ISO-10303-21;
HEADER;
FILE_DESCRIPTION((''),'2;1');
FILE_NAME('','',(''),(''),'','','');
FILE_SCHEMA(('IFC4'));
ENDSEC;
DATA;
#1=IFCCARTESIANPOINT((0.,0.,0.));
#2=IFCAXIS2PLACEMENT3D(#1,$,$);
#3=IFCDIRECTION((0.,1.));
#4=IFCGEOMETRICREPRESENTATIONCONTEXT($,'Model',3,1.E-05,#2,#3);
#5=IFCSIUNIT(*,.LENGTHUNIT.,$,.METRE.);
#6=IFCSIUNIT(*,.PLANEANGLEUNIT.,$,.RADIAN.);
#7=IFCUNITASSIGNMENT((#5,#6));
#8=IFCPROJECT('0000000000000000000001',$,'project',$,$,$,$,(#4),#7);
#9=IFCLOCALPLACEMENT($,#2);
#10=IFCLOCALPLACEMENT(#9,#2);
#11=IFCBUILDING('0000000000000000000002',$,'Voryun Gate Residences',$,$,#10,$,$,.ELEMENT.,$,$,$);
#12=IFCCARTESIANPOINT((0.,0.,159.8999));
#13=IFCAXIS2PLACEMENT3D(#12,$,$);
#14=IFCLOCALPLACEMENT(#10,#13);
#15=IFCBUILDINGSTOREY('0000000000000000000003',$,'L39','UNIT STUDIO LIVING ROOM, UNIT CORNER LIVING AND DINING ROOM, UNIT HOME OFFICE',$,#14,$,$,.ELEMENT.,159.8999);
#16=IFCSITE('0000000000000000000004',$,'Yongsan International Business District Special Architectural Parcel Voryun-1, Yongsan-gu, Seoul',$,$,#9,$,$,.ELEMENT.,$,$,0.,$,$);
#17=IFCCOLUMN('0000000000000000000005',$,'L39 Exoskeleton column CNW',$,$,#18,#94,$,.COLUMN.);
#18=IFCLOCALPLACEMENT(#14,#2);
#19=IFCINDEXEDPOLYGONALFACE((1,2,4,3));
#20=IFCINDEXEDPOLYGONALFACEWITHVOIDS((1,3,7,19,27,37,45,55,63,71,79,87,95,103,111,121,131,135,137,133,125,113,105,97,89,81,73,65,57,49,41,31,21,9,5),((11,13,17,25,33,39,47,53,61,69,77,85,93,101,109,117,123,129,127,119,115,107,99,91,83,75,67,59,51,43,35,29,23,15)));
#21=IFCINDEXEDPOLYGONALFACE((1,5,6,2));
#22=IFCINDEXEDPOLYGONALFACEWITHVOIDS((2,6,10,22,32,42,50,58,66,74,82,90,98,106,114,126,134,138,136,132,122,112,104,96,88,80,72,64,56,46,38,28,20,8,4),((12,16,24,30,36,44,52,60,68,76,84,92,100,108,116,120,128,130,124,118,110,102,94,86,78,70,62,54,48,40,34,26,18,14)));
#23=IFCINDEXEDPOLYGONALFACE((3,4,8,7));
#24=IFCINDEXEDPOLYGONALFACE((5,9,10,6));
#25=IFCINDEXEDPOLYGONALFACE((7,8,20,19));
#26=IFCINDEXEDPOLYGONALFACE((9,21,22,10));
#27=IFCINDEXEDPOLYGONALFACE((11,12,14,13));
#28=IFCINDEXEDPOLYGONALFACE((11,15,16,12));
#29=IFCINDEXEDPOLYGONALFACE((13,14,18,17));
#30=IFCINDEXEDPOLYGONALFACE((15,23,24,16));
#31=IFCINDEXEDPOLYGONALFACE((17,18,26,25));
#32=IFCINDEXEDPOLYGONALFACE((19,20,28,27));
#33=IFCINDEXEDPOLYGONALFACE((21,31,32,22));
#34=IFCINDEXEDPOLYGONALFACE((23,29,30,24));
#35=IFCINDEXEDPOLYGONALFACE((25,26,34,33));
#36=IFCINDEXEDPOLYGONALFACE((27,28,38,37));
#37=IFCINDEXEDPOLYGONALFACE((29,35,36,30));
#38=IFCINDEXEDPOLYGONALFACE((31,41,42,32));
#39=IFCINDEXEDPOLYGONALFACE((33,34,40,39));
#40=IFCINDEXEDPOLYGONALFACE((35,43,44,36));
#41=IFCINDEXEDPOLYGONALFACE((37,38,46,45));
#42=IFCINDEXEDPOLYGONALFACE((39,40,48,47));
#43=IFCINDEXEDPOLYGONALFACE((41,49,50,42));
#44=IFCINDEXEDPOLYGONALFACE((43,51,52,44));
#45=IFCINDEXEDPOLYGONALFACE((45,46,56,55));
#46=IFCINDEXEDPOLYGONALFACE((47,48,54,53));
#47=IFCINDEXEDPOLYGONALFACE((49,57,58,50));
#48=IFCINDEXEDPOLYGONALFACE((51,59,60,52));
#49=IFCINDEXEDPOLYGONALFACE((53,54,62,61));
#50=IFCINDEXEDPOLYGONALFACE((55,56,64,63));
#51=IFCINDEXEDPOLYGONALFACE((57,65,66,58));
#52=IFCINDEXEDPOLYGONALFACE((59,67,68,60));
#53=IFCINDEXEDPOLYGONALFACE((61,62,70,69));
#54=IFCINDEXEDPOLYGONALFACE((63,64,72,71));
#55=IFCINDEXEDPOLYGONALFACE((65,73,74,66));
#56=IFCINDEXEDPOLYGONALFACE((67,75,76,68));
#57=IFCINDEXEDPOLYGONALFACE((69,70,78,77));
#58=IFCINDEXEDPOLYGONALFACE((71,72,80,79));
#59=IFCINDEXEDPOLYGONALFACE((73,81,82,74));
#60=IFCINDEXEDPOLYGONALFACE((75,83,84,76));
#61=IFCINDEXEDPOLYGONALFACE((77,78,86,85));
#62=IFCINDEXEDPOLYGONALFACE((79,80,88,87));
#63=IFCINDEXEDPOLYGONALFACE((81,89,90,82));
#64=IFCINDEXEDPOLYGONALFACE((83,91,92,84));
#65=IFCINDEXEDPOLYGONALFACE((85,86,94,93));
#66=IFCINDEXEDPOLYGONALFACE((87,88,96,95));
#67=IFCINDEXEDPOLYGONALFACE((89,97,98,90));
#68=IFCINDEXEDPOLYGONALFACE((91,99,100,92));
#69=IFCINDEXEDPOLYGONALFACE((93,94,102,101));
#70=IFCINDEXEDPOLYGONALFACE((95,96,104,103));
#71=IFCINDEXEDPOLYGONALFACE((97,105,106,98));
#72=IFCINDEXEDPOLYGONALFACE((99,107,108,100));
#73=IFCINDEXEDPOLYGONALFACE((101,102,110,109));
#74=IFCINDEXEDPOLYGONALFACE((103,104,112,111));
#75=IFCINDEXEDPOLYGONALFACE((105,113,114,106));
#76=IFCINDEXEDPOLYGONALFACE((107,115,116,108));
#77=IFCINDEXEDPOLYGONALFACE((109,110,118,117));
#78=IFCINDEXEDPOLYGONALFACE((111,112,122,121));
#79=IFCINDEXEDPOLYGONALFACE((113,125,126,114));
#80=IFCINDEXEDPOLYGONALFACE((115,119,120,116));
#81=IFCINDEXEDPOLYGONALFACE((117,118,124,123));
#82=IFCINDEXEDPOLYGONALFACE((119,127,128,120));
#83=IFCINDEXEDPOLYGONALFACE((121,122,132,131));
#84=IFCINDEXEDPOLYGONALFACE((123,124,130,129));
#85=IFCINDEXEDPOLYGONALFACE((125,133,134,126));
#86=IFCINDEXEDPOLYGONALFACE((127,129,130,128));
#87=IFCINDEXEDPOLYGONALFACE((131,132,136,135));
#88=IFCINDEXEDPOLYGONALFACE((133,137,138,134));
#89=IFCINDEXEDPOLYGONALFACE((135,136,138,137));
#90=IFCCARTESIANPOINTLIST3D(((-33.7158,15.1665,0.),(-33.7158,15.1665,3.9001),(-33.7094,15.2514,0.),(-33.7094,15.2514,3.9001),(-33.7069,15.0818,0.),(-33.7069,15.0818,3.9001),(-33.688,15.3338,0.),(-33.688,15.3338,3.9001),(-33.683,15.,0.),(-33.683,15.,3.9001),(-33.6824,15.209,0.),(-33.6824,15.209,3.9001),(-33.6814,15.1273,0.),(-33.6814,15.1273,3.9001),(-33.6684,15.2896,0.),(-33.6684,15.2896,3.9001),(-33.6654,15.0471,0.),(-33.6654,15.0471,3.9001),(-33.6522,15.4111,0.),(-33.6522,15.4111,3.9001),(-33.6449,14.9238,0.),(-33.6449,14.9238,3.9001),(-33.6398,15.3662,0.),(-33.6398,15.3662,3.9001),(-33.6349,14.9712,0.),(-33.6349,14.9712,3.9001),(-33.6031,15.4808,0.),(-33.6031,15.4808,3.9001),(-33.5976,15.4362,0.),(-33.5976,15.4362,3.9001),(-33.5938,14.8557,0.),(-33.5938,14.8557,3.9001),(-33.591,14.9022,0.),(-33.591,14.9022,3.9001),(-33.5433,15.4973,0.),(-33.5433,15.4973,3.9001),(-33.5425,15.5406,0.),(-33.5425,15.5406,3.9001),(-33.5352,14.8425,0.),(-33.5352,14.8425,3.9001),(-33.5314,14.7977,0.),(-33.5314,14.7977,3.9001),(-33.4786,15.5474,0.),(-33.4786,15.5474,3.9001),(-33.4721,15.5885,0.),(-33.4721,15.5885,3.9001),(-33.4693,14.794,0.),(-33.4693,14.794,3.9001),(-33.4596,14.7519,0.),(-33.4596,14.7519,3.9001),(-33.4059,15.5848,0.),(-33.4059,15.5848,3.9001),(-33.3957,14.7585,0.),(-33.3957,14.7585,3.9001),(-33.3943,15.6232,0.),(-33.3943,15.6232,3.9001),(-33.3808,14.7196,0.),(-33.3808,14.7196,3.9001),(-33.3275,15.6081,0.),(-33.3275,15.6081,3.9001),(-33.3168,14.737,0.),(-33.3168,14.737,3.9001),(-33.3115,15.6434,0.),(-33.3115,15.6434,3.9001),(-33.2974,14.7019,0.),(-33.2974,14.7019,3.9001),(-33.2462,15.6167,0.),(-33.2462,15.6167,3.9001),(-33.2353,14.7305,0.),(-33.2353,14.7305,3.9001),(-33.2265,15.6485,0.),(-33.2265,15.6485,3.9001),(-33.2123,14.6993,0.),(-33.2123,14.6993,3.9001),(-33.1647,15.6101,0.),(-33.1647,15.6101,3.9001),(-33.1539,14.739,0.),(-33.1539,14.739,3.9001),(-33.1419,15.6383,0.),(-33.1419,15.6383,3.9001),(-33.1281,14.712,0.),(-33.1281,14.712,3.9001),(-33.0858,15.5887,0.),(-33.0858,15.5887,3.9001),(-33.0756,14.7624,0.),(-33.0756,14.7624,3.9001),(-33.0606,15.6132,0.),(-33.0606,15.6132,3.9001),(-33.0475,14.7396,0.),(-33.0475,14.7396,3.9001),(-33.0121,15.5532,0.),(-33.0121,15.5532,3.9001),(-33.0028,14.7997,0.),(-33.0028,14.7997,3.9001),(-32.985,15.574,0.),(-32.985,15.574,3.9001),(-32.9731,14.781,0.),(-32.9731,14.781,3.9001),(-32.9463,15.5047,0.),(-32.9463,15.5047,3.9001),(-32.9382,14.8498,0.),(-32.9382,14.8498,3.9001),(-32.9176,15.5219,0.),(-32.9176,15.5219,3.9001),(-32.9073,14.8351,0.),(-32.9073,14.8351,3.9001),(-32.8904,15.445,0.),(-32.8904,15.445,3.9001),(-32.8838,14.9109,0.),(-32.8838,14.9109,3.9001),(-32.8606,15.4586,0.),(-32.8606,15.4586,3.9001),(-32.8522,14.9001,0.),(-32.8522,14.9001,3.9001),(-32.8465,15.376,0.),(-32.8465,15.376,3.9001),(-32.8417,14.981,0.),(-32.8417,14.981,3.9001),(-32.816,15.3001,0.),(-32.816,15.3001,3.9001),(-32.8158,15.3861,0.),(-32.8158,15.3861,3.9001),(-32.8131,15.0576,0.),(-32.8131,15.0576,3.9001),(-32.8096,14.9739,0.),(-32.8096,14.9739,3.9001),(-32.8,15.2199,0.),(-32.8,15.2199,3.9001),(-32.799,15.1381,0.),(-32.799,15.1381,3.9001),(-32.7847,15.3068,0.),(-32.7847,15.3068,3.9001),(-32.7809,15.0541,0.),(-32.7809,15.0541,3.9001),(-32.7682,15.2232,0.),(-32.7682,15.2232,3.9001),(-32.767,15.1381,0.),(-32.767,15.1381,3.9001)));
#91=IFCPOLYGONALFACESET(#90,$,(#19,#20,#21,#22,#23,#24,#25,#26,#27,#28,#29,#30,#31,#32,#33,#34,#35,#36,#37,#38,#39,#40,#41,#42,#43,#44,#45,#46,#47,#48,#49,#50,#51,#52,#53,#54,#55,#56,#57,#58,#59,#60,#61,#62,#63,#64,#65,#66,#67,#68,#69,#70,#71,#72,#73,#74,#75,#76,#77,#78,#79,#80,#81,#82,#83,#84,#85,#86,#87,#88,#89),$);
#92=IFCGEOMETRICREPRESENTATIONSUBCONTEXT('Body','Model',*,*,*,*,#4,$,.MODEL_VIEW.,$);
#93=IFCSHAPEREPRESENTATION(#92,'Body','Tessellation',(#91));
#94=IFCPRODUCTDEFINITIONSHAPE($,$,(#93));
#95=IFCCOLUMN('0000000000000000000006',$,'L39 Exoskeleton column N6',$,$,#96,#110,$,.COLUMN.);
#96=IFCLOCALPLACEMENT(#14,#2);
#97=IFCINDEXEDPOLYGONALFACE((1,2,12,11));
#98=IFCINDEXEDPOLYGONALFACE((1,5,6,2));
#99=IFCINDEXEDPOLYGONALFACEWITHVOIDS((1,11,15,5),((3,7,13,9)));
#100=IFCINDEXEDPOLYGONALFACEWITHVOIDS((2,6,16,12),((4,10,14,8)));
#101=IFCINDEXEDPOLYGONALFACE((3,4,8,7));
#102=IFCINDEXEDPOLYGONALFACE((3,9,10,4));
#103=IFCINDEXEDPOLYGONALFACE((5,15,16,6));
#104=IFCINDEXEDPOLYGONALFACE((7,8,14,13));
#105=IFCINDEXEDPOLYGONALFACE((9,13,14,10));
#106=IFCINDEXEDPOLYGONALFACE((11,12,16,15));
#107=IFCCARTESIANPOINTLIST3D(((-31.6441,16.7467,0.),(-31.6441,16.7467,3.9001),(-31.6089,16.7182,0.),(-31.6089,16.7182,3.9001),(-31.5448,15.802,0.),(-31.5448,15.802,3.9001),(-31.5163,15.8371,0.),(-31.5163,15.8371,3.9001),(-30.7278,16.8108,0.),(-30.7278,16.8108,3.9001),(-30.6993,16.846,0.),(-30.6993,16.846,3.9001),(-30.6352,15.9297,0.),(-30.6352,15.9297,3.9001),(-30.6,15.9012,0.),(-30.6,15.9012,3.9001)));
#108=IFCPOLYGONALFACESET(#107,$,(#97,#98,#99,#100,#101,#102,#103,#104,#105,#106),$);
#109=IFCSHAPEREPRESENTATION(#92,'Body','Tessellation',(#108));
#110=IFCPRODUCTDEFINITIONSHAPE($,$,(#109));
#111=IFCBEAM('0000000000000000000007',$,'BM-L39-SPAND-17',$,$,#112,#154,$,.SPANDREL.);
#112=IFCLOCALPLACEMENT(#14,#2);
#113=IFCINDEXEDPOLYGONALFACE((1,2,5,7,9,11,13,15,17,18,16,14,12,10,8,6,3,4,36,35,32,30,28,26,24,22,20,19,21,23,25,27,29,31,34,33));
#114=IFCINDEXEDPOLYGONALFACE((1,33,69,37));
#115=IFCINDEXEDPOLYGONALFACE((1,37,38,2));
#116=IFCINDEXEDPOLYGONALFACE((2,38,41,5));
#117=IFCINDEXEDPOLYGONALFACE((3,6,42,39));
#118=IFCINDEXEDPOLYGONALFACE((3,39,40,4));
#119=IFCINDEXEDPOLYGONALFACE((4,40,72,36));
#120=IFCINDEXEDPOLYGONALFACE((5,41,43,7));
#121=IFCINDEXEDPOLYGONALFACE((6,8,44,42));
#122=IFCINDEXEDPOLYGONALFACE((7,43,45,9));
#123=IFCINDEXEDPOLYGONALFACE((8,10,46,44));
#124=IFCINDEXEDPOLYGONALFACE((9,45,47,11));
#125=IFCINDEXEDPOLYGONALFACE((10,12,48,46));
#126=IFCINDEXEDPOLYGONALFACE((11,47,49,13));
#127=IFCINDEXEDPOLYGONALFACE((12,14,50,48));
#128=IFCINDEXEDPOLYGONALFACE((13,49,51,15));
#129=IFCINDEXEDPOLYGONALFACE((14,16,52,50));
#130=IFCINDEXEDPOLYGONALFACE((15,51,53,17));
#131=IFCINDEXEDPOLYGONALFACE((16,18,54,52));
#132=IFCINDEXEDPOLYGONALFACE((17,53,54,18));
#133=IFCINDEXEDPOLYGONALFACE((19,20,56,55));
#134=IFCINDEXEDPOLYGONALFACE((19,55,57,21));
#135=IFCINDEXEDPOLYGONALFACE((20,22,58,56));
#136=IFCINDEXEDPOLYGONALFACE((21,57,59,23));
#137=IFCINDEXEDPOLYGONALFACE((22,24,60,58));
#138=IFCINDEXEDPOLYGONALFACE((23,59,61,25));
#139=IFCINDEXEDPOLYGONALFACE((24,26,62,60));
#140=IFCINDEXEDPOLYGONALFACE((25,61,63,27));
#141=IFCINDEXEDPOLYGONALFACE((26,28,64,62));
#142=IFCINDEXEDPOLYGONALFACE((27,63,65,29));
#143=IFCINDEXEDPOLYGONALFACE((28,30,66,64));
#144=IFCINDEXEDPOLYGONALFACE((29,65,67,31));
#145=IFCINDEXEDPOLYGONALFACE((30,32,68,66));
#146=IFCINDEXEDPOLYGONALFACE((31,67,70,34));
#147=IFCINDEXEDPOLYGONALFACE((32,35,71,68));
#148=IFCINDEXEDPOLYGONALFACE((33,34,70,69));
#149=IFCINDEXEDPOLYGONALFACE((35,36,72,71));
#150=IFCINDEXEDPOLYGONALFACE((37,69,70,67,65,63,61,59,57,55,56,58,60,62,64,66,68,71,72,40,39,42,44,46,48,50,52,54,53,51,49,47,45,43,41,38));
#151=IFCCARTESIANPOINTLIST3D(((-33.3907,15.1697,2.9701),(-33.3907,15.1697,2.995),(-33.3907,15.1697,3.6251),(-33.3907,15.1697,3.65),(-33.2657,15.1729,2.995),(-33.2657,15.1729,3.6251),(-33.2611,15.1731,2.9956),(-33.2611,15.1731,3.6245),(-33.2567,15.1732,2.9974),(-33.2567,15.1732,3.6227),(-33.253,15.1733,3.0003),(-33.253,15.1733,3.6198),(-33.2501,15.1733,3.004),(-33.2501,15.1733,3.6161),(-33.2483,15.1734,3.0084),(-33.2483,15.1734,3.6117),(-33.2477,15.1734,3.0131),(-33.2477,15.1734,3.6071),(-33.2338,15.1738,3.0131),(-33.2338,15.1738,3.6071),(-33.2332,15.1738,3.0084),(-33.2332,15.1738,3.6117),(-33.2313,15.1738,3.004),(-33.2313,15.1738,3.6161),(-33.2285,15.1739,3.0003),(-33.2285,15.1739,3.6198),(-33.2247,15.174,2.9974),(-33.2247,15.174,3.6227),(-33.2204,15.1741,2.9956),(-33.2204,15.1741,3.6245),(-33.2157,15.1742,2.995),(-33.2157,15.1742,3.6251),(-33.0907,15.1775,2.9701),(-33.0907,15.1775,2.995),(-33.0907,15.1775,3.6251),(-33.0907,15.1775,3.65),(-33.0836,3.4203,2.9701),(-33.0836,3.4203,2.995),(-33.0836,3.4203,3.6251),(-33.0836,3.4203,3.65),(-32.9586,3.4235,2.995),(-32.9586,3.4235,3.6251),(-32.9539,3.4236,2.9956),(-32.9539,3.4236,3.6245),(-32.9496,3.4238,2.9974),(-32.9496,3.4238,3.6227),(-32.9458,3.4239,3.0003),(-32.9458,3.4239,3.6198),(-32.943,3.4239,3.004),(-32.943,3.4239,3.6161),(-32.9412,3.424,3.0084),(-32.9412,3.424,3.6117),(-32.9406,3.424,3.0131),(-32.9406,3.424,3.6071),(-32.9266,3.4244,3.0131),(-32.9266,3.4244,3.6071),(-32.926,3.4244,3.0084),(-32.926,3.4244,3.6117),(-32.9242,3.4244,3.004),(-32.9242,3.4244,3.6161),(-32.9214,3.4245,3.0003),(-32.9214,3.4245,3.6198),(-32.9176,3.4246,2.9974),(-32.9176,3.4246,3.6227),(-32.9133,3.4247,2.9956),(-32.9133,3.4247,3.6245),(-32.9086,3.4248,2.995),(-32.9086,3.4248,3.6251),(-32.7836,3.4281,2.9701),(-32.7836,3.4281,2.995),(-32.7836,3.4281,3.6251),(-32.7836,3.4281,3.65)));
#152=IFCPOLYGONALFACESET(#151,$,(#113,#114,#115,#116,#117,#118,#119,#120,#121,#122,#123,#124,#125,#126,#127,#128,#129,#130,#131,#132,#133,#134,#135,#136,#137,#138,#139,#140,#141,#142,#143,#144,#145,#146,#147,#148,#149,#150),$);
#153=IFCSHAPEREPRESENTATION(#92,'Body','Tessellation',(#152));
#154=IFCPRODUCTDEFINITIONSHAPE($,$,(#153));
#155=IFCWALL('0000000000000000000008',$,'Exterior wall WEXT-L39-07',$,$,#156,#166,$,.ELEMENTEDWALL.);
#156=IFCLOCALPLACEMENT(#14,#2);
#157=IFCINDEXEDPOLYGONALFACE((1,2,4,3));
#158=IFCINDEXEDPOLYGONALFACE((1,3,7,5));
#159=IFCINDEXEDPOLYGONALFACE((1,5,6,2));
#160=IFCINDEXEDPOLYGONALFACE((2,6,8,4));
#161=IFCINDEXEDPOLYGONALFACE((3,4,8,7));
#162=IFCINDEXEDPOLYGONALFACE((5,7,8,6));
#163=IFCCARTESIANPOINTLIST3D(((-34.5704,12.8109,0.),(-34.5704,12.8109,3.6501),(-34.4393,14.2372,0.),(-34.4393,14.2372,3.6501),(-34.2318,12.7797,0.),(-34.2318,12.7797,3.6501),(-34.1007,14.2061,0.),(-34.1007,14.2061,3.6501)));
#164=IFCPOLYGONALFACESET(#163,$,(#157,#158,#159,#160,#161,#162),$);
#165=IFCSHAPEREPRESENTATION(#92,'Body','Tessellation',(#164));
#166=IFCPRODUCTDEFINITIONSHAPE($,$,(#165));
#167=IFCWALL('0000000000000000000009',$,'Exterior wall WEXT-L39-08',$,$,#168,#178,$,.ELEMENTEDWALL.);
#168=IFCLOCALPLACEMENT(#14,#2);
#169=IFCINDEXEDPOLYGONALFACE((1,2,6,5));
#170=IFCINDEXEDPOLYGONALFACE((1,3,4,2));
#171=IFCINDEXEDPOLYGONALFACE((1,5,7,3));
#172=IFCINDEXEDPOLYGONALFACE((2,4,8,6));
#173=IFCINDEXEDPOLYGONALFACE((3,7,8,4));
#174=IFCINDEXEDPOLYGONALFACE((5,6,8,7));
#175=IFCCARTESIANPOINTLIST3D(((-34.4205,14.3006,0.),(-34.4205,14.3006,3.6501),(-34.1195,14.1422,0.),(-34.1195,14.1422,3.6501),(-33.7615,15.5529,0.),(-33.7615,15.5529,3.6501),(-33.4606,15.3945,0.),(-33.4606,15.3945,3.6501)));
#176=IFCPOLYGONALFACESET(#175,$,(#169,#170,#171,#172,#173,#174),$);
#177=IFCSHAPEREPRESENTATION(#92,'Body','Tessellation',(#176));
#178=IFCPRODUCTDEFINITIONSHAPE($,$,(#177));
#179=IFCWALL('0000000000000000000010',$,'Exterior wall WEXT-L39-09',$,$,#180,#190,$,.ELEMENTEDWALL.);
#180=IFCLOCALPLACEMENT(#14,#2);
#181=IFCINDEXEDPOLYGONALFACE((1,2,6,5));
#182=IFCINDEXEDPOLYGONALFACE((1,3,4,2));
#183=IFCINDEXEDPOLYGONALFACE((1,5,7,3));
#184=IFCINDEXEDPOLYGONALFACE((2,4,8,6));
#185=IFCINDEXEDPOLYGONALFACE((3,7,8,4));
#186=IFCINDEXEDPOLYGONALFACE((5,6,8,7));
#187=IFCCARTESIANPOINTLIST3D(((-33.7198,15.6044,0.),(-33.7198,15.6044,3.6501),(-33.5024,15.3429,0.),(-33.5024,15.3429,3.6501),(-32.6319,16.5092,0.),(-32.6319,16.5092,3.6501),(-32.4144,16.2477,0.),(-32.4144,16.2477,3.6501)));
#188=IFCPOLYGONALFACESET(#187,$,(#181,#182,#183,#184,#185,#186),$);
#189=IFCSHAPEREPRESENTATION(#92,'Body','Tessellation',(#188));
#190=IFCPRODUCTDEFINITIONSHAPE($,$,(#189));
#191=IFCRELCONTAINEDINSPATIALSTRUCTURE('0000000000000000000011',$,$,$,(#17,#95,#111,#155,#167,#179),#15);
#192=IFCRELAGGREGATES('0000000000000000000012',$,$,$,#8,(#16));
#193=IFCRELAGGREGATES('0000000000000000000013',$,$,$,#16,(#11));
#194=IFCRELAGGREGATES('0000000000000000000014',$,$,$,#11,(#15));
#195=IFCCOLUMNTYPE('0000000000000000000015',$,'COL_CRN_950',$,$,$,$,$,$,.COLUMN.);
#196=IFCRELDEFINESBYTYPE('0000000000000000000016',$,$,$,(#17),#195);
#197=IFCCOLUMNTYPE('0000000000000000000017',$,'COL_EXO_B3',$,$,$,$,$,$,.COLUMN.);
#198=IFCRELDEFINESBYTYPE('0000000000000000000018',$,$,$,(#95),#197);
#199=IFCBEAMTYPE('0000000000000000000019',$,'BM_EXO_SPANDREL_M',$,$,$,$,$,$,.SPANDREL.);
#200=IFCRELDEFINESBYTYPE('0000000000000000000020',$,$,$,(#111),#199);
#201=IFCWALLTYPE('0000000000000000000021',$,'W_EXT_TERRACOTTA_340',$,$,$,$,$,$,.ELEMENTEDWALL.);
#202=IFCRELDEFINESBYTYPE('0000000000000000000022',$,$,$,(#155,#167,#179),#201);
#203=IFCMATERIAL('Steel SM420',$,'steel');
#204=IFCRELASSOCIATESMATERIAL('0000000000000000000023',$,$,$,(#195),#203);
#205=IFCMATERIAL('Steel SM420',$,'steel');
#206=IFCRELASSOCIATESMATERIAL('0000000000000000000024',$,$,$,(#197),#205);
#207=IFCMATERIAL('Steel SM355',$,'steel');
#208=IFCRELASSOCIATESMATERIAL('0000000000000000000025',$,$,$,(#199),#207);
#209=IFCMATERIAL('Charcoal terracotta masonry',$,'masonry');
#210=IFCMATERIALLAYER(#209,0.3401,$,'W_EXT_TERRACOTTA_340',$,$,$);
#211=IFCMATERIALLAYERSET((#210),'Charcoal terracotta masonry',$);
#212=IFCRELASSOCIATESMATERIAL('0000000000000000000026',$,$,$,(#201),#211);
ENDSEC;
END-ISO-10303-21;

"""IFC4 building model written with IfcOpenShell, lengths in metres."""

from ifc_helpers import new_model, si_unit, direction, frame, frame_2d, origin, origin_2d, place, context, subcontext, project, spatial, rectangle, hollow_rectangle, hollow_circle, i_section, extrude, material, layer, layer_set, material_profile, profile_set, type_object, element, save


model = new_model("IFC4")

# Units and contexts
model_context = context("Model", 3, precision=1e-05, world=origin(), true_north=direction((0.0, 1.0)))
body_context = subcontext(model_context, "Body", "Model", "MODEL_VIEW")
ifc_project = project(units=[si_unit("LENGTHUNIT", "METRE"), si_unit("PLANEANGLEUNIT", "RADIAN")], contexts=[model_context])

# Site, building, storey
site_placement = place(None, origin())
site = spatial("IfcSite", under=ifc_project, at=site_placement, Name="Yongsan International Business District Special Architectural Parcel Voryun-1, Yongsan-gu, Seoul", CompositionType="ELEMENT", RefElevation=0.0)
building_placement = place(site_placement, origin())
building = spatial("IfcBuilding", under=site, at=building_placement, Name="Voryun Gate Residences", CompositionType="ELEMENT")
storey_placement = place(building_placement, frame((0.0, 0.0, 159.8999)))
storey = spatial("IfcBuildingStorey", under=building, at=storey_placement, Name="L39", Description="UNIT STUDIO LIVING ROOM, UNIT CORNER LIVING AND DINING ROOM, UNIT HOME OFFICE", CompositionType="ELEMENT", Elevation=159.8999)

# Columns
ifc_material_1 = material(Name="Steel SM420", Category="steel")
ifc_material_profile_1 = material_profile(ifc_material_1, hollow_circle(Radius=0.4751, WallThickness=0.032, at=origin_2d()), Name="CHS-950x32")
ifc_profile_set_1 = profile_set([ifc_material_profile_1], Name="Steel SM420")
column_type_1 = type_object("IfcColumnType", Name="COL_CRN_950", PredefinedType="COLUMN", material=ifc_profile_set_1)
column_1_placement = place(storey_placement, frame((-33.2407, 15.1736, 0.0), z_axis=(0.0, 0.0, 1.0), x_axis=(0.994522, 0.104528, 0.0)))
element("IfcColumn", 1, at=column_1_placement, inside=storey, type_object=column_type_1, Name="L39 Exoskeleton column CNW", PredefinedType="COLUMN", context=body_context, shape_type="SweptSolid", body=[
    extrude(hollow_circle(Radius=0.4751, WallThickness=0.032, at=origin_2d()), origin(), (0.0, 0.0, 1.0), 3.9001),
])
ifc_material_2 = material(Name="Steel SM420", Category="steel")
ifc_material_profile_2 = material_profile(ifc_material_2, hollow_rectangle(XDim=0.95, YDim=0.95, WallThickness=0.032, at=origin_2d()), Name="BOX-950x950x32")
ifc_profile_set_2 = profile_set([ifc_material_profile_2], Name="Steel SM420")
column_type_2 = type_object("IfcColumnType", Name="COL_EXO_B3", PredefinedType="COLUMN", material=ifc_profile_set_2)
column_2_placement = place(storey_placement, frame((-31.1221, 16.324, 0.0), z_axis=(0.0, 0.0, 1.0), x_axis=(0.994522, 0.104528, 0.0)))
element("IfcColumn", 2, at=column_2_placement, inside=storey, type_object=column_type_2, Name="L39 Exoskeleton column N6", PredefinedType="COLUMN", context=body_context, shape_type="SweptSolid", body=[
    extrude(hollow_rectangle(XDim=0.95, YDim=0.95, WallThickness=0.032, at=origin_2d()), origin(), (0.0, 0.0, 1.0), 3.9001),
])

# Beam
ifc_material_3 = material(Name="Steel SM355", Category="steel")
ifc_material_profile_3 = material_profile(ifc_material_3, i_section(OverallWidth=0.3, OverallDepth=0.6799, WebThickness=0.0139, FlangeThickness=0.0249, FilletRadius=0.0181, at=origin_2d()), Name="H-680x300x14x25")
ifc_profile_set_3 = profile_set([ifc_material_profile_3], Name="Steel SM355")
beam_type = type_object("IfcBeamType", Name="BM_EXO_SPANDREL_M", PredefinedType="SPANDREL", material=ifc_profile_set_3)
beam_placement = place(storey_placement, frame((-33.2407, 15.1736, 3.3101), z_axis=(0.026131, -0.999659, 0.0), x_axis=(0.999659, 0.026131, 0.0)))
element("IfcBeam", 3, at=beam_placement, inside=storey, type_object=beam_type, Name="BM-L39-SPAND-17", PredefinedType="SPANDREL", context=body_context, shape_type="SweptSolid", body=[
    extrude(i_section(OverallWidth=0.3, OverallDepth=0.6799, WebThickness=0.0139, FlangeThickness=0.0249, FilletRadius=0.0181, at=origin_2d()), origin(), (0.0, 0.0, 1.0), 11.7534),
])

# Walls
ifc_material_4 = material(Name="Charcoal terracotta masonry", Category="masonry")
ifc_layer_1 = layer(ifc_material_4, 0.3401, Name="W_EXT_TERRACOTTA_340")
ifc_layer_set_1 = layer_set([ifc_layer_1], Name="Charcoal terracotta masonry")
wall_type_1 = type_object("IfcWallType", Name="W_EXT_TERRACOTTA_340", PredefinedType="ELEMENTEDWALL", material=ifc_layer_set_1)
wall_1_placement = place(storey_placement, frame((-34.4011, 12.7952, 0.0), z_axis=(0.0, 0.0, 1.0), x_axis=(0.091535, 0.995802, 0.0)))
element("IfcWall", 4, at=wall_1_placement, inside=storey, type_object=wall_type_1, Name="Exterior wall WEXT-L39-07", PredefinedType="ELEMENTEDWALL", context=body_context, shape_type="SweptSolid", body=[
    extrude(rectangle(XDim=1.4324, YDim=0.3401, at=frame_2d((0.7163, 0.0))), origin(), (0.0, 0.0, 1.0), 3.6501),
])
for number, where, z_axis, x_axis, name in (
    (5, (-34.27, 14.2214, 0.0), (0.0, 0.0, 1.0), (0.465682, 0.884952, 0.0), "Exterior wall WEXT-L39-08"),
    (6, (-33.6111, 15.4736, 0.0), (0.0, 0.0, 1.0), (0.768843, 0.639437, 0.0), "Exterior wall WEXT-L39-09"),
):
    element("IfcWall", number, at=place(storey_placement, frame(where, z_axis=z_axis, x_axis=x_axis)), inside=storey, type_object=wall_type_1, Name=name, PredefinedType="ELEMENTEDWALL", context=body_context, shape_type="SweptSolid", body=[
        extrude(rectangle(XDim=1.415, YDim=0.3401, at=frame_2d((0.7075, 0.0))), origin(), (0.0, 0.0, 1.0), 3.6501),
    ])

save(model, "model.ifc")
